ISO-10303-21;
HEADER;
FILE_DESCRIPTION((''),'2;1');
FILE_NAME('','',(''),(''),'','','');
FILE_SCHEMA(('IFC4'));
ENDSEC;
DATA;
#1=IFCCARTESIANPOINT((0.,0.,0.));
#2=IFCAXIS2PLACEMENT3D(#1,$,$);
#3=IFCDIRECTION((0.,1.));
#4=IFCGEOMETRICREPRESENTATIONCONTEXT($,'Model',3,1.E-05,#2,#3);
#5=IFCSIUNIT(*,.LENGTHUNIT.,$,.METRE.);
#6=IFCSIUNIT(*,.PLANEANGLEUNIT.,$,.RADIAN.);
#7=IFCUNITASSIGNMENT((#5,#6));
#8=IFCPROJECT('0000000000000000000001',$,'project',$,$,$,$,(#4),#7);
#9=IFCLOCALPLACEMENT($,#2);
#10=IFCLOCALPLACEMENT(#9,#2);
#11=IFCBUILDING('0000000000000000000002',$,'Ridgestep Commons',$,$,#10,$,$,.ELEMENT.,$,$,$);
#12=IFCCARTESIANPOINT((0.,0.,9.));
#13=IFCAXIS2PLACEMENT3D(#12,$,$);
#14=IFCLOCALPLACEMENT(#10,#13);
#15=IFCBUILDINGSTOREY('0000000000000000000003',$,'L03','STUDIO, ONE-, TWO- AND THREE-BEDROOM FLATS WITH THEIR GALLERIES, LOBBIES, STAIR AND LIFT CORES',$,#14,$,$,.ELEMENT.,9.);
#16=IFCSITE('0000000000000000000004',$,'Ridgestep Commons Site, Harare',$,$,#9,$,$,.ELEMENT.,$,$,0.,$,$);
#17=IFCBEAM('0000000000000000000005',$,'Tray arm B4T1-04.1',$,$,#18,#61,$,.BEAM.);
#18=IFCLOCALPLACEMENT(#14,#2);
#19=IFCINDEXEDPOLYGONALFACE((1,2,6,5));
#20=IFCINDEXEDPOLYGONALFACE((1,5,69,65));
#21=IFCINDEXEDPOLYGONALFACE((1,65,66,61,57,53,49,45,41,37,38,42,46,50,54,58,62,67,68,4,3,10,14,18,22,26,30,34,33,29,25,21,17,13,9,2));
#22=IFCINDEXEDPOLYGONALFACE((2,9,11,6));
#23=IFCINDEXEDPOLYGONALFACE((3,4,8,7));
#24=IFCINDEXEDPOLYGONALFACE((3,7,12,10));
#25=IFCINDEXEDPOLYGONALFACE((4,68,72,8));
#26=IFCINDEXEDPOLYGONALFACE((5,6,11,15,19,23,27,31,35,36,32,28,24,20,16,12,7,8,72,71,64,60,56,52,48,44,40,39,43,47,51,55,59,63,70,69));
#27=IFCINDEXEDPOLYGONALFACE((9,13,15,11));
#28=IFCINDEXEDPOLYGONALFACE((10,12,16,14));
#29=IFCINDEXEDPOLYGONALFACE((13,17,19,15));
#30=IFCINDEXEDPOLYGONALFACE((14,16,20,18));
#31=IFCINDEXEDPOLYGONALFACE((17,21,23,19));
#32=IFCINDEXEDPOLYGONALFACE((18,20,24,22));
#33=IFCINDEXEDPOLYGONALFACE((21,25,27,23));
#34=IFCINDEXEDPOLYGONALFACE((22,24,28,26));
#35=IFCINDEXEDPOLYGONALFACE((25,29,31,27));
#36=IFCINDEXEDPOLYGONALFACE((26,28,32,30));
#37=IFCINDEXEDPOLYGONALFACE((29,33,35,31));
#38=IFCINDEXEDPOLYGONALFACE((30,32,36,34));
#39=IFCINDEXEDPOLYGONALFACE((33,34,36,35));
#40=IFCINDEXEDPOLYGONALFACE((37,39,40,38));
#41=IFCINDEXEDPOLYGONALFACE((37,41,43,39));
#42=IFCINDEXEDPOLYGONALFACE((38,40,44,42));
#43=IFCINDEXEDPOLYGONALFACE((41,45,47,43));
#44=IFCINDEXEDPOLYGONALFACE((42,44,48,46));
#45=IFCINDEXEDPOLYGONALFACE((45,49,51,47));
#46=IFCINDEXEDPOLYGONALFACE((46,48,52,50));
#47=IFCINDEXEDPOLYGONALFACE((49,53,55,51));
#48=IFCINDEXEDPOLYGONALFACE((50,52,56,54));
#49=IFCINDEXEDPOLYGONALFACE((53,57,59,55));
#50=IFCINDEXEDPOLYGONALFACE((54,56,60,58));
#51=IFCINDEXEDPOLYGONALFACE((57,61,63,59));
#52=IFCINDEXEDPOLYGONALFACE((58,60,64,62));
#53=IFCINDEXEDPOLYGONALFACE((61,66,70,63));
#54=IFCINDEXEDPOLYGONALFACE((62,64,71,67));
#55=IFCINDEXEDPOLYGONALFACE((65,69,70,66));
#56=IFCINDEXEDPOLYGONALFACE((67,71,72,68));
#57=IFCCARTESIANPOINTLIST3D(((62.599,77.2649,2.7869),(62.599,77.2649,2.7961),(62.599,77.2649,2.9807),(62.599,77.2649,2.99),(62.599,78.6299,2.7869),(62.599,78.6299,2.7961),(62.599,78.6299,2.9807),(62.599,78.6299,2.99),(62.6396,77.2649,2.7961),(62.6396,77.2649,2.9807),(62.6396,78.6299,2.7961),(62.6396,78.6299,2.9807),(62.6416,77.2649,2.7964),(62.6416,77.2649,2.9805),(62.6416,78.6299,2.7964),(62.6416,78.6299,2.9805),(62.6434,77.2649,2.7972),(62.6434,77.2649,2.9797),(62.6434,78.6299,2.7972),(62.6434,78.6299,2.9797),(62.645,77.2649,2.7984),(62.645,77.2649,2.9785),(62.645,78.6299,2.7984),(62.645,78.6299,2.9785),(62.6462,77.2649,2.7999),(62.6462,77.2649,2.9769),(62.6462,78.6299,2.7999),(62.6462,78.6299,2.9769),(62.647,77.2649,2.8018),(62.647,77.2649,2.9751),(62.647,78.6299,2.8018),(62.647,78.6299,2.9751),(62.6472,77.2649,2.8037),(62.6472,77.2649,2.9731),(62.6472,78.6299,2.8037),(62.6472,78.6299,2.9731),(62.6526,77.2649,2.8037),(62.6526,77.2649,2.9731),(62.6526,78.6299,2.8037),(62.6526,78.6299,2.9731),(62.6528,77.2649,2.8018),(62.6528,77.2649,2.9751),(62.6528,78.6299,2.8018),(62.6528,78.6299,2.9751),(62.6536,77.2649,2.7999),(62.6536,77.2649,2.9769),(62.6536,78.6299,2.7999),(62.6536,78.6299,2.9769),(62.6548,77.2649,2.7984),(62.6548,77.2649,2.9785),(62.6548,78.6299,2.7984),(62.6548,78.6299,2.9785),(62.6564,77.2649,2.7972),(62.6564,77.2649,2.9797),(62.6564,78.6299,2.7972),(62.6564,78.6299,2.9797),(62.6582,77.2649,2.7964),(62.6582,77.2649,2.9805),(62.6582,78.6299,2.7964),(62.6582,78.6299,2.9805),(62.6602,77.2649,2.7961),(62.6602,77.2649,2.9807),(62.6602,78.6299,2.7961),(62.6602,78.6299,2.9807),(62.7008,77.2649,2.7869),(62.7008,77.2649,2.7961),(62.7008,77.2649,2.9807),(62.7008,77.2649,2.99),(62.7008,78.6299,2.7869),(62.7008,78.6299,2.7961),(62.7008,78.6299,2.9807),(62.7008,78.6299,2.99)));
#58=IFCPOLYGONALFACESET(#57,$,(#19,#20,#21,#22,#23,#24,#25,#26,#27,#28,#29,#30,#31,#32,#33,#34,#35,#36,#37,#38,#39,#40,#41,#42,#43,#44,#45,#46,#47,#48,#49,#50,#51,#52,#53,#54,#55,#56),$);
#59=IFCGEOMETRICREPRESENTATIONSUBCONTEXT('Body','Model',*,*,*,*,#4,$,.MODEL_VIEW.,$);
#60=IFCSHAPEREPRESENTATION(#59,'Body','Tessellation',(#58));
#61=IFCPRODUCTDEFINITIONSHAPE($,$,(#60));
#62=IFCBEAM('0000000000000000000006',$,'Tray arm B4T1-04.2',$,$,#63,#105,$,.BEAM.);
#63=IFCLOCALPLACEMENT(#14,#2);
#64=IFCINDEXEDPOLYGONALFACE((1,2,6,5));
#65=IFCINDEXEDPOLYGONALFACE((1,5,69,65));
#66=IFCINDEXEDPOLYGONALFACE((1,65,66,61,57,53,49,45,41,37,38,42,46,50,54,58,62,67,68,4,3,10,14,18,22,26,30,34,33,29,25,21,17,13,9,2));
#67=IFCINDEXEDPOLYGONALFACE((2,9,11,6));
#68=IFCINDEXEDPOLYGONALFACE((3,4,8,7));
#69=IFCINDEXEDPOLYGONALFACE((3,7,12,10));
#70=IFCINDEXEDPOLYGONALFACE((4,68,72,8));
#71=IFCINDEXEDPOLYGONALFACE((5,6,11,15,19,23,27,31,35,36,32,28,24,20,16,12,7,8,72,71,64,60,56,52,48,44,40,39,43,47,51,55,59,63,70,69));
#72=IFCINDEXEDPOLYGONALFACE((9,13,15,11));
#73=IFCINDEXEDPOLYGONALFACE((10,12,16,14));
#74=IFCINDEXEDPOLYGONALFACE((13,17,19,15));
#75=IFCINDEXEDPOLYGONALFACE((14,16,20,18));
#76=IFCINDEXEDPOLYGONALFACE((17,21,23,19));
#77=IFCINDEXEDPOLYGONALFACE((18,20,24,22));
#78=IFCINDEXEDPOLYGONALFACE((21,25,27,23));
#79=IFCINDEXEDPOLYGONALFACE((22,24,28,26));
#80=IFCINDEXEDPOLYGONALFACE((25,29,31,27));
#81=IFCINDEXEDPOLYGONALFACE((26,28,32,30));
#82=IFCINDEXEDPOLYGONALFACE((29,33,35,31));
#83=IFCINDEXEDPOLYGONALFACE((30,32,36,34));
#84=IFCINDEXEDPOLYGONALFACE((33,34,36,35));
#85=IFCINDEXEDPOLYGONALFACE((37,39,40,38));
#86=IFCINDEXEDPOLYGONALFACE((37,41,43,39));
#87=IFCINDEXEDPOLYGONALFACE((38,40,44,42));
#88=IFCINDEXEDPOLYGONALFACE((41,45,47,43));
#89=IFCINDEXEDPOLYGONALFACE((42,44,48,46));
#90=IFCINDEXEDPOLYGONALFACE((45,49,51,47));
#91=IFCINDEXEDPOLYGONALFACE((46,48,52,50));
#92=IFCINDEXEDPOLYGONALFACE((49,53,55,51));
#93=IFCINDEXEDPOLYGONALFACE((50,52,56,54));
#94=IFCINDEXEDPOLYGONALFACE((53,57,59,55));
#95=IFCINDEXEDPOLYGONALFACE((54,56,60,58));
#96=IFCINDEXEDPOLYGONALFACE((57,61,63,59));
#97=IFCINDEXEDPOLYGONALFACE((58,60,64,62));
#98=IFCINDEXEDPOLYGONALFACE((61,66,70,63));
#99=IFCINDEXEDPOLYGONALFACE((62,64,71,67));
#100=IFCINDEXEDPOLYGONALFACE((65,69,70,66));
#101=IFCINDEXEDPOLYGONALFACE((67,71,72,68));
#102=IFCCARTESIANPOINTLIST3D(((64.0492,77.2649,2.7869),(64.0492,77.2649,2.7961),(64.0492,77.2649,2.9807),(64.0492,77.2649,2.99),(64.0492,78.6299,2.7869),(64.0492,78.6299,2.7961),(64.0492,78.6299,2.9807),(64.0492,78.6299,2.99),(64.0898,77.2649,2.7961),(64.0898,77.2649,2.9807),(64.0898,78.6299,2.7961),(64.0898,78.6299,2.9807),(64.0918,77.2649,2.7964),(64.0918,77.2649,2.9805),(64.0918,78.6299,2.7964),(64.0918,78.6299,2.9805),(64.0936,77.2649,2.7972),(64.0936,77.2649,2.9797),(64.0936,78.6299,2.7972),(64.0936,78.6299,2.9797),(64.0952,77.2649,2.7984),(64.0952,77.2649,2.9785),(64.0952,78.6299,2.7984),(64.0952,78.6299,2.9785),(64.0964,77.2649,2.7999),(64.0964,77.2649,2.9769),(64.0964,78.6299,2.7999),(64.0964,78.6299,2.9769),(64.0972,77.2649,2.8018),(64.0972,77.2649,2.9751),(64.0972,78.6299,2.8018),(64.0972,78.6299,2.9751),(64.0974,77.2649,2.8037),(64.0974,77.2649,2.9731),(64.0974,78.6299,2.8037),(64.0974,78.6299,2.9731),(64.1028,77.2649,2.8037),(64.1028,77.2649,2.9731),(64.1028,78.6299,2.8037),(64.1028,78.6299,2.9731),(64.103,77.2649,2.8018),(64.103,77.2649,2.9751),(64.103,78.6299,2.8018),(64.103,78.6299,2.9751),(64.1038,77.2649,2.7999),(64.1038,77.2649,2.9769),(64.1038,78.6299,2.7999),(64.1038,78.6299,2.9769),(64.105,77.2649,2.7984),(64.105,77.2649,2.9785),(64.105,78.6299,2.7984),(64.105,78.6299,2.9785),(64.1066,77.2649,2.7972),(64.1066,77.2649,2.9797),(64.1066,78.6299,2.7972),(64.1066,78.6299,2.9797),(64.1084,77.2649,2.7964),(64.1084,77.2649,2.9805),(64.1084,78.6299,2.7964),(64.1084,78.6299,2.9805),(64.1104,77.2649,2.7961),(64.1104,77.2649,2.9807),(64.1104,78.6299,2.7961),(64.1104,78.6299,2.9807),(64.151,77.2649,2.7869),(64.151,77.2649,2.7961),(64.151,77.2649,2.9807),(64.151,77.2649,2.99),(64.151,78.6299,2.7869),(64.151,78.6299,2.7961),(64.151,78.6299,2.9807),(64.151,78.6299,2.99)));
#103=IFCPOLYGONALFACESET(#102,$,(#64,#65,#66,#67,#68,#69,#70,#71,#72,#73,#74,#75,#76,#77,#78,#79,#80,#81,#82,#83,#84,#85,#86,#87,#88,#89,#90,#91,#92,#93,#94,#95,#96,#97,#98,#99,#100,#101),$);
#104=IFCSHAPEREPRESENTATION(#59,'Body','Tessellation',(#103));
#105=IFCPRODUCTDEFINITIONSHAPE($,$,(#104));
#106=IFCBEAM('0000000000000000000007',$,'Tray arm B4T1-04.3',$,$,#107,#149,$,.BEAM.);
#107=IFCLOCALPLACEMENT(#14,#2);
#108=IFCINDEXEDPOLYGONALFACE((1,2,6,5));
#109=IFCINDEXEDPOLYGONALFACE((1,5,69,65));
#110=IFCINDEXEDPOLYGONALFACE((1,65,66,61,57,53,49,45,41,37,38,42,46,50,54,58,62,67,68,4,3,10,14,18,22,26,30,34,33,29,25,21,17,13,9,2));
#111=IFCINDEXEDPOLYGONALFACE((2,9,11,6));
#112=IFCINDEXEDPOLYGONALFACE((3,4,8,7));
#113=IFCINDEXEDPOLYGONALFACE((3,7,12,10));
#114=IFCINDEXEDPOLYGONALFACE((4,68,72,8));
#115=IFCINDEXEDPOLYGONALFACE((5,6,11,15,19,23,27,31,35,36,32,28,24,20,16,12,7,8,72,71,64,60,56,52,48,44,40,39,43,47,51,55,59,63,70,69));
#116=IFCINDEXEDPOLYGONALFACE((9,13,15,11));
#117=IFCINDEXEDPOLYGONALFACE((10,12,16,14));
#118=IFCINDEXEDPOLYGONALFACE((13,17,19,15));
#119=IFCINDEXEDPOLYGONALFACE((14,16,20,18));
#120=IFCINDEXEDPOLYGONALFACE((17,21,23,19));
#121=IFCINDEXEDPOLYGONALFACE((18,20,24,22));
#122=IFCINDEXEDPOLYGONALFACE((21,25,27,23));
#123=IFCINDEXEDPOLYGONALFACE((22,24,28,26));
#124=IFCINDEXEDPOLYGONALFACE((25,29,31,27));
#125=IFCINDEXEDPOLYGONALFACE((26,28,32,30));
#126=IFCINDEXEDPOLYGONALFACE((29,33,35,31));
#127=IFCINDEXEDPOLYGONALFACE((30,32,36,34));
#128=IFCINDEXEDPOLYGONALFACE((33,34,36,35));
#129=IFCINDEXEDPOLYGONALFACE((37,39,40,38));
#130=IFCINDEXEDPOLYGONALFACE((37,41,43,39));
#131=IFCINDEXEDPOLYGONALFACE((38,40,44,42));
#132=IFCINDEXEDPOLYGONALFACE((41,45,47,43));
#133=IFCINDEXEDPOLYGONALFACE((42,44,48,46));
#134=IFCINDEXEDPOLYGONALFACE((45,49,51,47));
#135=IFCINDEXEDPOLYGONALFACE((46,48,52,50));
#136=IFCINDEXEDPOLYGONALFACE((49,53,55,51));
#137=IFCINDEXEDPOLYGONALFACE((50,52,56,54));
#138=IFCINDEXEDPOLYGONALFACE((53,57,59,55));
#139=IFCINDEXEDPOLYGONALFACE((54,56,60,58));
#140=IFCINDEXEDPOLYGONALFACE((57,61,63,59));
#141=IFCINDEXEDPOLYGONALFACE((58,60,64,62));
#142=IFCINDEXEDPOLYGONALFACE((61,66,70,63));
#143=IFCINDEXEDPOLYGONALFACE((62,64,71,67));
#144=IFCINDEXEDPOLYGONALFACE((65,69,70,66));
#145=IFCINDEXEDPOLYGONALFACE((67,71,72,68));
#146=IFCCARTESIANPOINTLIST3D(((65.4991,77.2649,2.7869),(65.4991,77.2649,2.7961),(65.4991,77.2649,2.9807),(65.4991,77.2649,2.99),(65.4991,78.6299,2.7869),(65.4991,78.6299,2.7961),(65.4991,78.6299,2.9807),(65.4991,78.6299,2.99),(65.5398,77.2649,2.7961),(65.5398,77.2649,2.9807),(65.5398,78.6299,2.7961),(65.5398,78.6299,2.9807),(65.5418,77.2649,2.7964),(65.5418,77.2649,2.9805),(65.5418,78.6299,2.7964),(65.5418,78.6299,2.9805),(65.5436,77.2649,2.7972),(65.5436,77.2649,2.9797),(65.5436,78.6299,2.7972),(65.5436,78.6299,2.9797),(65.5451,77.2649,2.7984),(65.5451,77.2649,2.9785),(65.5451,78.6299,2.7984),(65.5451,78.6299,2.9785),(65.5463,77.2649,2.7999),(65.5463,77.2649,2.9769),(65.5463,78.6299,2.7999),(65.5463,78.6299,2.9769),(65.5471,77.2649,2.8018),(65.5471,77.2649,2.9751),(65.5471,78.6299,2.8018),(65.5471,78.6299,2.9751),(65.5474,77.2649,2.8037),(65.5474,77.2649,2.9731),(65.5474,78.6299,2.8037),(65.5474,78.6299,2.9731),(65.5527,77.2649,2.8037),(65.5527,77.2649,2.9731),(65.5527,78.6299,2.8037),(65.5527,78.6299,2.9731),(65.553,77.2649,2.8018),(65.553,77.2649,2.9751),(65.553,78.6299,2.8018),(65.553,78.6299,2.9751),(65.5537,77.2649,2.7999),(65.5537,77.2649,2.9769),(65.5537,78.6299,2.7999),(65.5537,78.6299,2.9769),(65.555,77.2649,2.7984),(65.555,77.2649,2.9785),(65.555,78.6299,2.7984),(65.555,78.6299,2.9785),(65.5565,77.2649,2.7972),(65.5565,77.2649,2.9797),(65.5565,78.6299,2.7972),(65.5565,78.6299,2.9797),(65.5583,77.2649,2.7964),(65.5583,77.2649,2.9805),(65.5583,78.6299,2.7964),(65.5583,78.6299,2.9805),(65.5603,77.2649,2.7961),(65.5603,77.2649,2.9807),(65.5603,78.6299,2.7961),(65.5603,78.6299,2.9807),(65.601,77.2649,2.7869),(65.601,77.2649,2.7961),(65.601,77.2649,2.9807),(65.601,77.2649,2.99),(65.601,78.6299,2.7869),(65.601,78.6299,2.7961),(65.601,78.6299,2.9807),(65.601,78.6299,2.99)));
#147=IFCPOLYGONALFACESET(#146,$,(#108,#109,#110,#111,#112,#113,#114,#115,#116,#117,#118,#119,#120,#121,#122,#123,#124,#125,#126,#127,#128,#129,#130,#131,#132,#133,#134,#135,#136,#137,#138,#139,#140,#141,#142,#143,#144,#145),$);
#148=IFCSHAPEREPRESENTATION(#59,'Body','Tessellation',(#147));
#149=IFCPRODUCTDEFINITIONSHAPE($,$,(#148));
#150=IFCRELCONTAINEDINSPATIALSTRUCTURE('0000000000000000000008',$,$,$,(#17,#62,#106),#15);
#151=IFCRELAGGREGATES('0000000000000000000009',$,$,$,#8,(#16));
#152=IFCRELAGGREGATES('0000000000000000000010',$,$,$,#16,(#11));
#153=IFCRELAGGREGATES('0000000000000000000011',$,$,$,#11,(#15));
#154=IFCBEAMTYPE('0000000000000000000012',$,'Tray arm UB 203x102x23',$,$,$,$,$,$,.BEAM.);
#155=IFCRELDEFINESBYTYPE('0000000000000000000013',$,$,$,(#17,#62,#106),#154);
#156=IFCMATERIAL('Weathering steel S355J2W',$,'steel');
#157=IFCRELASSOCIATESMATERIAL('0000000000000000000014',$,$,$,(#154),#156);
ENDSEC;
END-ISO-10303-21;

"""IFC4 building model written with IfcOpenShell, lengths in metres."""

from ifc_helpers import new_model, si_unit, direction, frame, origin, origin_2d, place, context, subcontext, project, spatial, i_section, extrude, material, material_profile, profile_set, type_object, element, save


model = new_model("IFC4")

# Units and contexts
model_context = context("Model", 3, precision=1e-05, world=origin(), true_north=direction((0.0, 1.0)))
body_context = subcontext(model_context, "Body", "Model", "MODEL_VIEW")
ifc_project = project(units=[si_unit("LENGTHUNIT", "METRE"), si_unit("PLANEANGLEUNIT", "RADIAN")], contexts=[model_context])

# Site, building, storey
site_placement = place(None, origin())
site = spatial("IfcSite", under=ifc_project, at=site_placement, Name="Ridgestep Commons Site, Harare", CompositionType="ELEMENT", RefElevation=0.0)
building_placement = place(site_placement, origin())
building = spatial("IfcBuilding", under=site, at=building_placement, Name="Ridgestep Commons", CompositionType="ELEMENT")
storey_placement = place(building_placement, frame((0.0, 0.0, 9.0)))
storey = spatial("IfcBuildingStorey", under=building, at=storey_placement, Name="L03", Description="STUDIO, ONE-, TWO- AND THREE-BEDROOM FLATS WITH THEIR GALLERIES, LOBBIES, STAIR AND LIFT CORES", CompositionType="ELEMENT", Elevation=9.0)

# Beams
ifc_material_1 = material(Name="Weathering steel S355J2W", Category="steel")
ifc_material_profile_1 = material_profile(ifc_material_1, i_section(OverallWidth=0.1018, OverallDepth=0.2031, WebThickness=0.0054, FlangeThickness=0.0093, FilletRadius=0.0076, at=origin_2d()), Name="UB 203x102x23")
ifc_profile_set_1 = profile_set([ifc_material_profile_1], Name="Weathering steel S355J2W")
beam_type_1 = type_object("IfcBeamType", Name="Tray arm UB 203x102x23", PredefinedType="BEAM", material=ifc_profile_set_1)
for number, where, z_axis, x_axis, name in (
    (1, (62.6499, 77.2649, 2.8884), (0.0, 1.0, 0.0), (-1.0, 0.0, 0.0), "Tray arm B4T1-04.1"),
    (2, (64.1001, 77.2649, 2.8884), (0.0, 1.0, 0.0), (-1.0, 0.0, 0.0), "Tray arm B4T1-04.2"),
    (3, (65.55, 77.2649, 2.8884), (0.0, 1.0, 0.0), (-1.0, 0.0, 0.0), "Tray arm B4T1-04.3"),
):
    element("IfcBeam", number, at=place(storey_placement, frame(where, z_axis=z_axis, x_axis=x_axis)), inside=storey, type_object=beam_type_1, Name=name, PredefinedType="BEAM", context=body_context, shape_type="SweptSolid", body=[
        extrude(i_section(OverallWidth=0.1018, OverallDepth=0.2031, WebThickness=0.0054, FlangeThickness=0.0093, FilletRadius=0.0076, at=origin_2d()), origin(), (0.0, 0.0, 1.0), 1.365),
    ])

save(model, "model.ifc")
